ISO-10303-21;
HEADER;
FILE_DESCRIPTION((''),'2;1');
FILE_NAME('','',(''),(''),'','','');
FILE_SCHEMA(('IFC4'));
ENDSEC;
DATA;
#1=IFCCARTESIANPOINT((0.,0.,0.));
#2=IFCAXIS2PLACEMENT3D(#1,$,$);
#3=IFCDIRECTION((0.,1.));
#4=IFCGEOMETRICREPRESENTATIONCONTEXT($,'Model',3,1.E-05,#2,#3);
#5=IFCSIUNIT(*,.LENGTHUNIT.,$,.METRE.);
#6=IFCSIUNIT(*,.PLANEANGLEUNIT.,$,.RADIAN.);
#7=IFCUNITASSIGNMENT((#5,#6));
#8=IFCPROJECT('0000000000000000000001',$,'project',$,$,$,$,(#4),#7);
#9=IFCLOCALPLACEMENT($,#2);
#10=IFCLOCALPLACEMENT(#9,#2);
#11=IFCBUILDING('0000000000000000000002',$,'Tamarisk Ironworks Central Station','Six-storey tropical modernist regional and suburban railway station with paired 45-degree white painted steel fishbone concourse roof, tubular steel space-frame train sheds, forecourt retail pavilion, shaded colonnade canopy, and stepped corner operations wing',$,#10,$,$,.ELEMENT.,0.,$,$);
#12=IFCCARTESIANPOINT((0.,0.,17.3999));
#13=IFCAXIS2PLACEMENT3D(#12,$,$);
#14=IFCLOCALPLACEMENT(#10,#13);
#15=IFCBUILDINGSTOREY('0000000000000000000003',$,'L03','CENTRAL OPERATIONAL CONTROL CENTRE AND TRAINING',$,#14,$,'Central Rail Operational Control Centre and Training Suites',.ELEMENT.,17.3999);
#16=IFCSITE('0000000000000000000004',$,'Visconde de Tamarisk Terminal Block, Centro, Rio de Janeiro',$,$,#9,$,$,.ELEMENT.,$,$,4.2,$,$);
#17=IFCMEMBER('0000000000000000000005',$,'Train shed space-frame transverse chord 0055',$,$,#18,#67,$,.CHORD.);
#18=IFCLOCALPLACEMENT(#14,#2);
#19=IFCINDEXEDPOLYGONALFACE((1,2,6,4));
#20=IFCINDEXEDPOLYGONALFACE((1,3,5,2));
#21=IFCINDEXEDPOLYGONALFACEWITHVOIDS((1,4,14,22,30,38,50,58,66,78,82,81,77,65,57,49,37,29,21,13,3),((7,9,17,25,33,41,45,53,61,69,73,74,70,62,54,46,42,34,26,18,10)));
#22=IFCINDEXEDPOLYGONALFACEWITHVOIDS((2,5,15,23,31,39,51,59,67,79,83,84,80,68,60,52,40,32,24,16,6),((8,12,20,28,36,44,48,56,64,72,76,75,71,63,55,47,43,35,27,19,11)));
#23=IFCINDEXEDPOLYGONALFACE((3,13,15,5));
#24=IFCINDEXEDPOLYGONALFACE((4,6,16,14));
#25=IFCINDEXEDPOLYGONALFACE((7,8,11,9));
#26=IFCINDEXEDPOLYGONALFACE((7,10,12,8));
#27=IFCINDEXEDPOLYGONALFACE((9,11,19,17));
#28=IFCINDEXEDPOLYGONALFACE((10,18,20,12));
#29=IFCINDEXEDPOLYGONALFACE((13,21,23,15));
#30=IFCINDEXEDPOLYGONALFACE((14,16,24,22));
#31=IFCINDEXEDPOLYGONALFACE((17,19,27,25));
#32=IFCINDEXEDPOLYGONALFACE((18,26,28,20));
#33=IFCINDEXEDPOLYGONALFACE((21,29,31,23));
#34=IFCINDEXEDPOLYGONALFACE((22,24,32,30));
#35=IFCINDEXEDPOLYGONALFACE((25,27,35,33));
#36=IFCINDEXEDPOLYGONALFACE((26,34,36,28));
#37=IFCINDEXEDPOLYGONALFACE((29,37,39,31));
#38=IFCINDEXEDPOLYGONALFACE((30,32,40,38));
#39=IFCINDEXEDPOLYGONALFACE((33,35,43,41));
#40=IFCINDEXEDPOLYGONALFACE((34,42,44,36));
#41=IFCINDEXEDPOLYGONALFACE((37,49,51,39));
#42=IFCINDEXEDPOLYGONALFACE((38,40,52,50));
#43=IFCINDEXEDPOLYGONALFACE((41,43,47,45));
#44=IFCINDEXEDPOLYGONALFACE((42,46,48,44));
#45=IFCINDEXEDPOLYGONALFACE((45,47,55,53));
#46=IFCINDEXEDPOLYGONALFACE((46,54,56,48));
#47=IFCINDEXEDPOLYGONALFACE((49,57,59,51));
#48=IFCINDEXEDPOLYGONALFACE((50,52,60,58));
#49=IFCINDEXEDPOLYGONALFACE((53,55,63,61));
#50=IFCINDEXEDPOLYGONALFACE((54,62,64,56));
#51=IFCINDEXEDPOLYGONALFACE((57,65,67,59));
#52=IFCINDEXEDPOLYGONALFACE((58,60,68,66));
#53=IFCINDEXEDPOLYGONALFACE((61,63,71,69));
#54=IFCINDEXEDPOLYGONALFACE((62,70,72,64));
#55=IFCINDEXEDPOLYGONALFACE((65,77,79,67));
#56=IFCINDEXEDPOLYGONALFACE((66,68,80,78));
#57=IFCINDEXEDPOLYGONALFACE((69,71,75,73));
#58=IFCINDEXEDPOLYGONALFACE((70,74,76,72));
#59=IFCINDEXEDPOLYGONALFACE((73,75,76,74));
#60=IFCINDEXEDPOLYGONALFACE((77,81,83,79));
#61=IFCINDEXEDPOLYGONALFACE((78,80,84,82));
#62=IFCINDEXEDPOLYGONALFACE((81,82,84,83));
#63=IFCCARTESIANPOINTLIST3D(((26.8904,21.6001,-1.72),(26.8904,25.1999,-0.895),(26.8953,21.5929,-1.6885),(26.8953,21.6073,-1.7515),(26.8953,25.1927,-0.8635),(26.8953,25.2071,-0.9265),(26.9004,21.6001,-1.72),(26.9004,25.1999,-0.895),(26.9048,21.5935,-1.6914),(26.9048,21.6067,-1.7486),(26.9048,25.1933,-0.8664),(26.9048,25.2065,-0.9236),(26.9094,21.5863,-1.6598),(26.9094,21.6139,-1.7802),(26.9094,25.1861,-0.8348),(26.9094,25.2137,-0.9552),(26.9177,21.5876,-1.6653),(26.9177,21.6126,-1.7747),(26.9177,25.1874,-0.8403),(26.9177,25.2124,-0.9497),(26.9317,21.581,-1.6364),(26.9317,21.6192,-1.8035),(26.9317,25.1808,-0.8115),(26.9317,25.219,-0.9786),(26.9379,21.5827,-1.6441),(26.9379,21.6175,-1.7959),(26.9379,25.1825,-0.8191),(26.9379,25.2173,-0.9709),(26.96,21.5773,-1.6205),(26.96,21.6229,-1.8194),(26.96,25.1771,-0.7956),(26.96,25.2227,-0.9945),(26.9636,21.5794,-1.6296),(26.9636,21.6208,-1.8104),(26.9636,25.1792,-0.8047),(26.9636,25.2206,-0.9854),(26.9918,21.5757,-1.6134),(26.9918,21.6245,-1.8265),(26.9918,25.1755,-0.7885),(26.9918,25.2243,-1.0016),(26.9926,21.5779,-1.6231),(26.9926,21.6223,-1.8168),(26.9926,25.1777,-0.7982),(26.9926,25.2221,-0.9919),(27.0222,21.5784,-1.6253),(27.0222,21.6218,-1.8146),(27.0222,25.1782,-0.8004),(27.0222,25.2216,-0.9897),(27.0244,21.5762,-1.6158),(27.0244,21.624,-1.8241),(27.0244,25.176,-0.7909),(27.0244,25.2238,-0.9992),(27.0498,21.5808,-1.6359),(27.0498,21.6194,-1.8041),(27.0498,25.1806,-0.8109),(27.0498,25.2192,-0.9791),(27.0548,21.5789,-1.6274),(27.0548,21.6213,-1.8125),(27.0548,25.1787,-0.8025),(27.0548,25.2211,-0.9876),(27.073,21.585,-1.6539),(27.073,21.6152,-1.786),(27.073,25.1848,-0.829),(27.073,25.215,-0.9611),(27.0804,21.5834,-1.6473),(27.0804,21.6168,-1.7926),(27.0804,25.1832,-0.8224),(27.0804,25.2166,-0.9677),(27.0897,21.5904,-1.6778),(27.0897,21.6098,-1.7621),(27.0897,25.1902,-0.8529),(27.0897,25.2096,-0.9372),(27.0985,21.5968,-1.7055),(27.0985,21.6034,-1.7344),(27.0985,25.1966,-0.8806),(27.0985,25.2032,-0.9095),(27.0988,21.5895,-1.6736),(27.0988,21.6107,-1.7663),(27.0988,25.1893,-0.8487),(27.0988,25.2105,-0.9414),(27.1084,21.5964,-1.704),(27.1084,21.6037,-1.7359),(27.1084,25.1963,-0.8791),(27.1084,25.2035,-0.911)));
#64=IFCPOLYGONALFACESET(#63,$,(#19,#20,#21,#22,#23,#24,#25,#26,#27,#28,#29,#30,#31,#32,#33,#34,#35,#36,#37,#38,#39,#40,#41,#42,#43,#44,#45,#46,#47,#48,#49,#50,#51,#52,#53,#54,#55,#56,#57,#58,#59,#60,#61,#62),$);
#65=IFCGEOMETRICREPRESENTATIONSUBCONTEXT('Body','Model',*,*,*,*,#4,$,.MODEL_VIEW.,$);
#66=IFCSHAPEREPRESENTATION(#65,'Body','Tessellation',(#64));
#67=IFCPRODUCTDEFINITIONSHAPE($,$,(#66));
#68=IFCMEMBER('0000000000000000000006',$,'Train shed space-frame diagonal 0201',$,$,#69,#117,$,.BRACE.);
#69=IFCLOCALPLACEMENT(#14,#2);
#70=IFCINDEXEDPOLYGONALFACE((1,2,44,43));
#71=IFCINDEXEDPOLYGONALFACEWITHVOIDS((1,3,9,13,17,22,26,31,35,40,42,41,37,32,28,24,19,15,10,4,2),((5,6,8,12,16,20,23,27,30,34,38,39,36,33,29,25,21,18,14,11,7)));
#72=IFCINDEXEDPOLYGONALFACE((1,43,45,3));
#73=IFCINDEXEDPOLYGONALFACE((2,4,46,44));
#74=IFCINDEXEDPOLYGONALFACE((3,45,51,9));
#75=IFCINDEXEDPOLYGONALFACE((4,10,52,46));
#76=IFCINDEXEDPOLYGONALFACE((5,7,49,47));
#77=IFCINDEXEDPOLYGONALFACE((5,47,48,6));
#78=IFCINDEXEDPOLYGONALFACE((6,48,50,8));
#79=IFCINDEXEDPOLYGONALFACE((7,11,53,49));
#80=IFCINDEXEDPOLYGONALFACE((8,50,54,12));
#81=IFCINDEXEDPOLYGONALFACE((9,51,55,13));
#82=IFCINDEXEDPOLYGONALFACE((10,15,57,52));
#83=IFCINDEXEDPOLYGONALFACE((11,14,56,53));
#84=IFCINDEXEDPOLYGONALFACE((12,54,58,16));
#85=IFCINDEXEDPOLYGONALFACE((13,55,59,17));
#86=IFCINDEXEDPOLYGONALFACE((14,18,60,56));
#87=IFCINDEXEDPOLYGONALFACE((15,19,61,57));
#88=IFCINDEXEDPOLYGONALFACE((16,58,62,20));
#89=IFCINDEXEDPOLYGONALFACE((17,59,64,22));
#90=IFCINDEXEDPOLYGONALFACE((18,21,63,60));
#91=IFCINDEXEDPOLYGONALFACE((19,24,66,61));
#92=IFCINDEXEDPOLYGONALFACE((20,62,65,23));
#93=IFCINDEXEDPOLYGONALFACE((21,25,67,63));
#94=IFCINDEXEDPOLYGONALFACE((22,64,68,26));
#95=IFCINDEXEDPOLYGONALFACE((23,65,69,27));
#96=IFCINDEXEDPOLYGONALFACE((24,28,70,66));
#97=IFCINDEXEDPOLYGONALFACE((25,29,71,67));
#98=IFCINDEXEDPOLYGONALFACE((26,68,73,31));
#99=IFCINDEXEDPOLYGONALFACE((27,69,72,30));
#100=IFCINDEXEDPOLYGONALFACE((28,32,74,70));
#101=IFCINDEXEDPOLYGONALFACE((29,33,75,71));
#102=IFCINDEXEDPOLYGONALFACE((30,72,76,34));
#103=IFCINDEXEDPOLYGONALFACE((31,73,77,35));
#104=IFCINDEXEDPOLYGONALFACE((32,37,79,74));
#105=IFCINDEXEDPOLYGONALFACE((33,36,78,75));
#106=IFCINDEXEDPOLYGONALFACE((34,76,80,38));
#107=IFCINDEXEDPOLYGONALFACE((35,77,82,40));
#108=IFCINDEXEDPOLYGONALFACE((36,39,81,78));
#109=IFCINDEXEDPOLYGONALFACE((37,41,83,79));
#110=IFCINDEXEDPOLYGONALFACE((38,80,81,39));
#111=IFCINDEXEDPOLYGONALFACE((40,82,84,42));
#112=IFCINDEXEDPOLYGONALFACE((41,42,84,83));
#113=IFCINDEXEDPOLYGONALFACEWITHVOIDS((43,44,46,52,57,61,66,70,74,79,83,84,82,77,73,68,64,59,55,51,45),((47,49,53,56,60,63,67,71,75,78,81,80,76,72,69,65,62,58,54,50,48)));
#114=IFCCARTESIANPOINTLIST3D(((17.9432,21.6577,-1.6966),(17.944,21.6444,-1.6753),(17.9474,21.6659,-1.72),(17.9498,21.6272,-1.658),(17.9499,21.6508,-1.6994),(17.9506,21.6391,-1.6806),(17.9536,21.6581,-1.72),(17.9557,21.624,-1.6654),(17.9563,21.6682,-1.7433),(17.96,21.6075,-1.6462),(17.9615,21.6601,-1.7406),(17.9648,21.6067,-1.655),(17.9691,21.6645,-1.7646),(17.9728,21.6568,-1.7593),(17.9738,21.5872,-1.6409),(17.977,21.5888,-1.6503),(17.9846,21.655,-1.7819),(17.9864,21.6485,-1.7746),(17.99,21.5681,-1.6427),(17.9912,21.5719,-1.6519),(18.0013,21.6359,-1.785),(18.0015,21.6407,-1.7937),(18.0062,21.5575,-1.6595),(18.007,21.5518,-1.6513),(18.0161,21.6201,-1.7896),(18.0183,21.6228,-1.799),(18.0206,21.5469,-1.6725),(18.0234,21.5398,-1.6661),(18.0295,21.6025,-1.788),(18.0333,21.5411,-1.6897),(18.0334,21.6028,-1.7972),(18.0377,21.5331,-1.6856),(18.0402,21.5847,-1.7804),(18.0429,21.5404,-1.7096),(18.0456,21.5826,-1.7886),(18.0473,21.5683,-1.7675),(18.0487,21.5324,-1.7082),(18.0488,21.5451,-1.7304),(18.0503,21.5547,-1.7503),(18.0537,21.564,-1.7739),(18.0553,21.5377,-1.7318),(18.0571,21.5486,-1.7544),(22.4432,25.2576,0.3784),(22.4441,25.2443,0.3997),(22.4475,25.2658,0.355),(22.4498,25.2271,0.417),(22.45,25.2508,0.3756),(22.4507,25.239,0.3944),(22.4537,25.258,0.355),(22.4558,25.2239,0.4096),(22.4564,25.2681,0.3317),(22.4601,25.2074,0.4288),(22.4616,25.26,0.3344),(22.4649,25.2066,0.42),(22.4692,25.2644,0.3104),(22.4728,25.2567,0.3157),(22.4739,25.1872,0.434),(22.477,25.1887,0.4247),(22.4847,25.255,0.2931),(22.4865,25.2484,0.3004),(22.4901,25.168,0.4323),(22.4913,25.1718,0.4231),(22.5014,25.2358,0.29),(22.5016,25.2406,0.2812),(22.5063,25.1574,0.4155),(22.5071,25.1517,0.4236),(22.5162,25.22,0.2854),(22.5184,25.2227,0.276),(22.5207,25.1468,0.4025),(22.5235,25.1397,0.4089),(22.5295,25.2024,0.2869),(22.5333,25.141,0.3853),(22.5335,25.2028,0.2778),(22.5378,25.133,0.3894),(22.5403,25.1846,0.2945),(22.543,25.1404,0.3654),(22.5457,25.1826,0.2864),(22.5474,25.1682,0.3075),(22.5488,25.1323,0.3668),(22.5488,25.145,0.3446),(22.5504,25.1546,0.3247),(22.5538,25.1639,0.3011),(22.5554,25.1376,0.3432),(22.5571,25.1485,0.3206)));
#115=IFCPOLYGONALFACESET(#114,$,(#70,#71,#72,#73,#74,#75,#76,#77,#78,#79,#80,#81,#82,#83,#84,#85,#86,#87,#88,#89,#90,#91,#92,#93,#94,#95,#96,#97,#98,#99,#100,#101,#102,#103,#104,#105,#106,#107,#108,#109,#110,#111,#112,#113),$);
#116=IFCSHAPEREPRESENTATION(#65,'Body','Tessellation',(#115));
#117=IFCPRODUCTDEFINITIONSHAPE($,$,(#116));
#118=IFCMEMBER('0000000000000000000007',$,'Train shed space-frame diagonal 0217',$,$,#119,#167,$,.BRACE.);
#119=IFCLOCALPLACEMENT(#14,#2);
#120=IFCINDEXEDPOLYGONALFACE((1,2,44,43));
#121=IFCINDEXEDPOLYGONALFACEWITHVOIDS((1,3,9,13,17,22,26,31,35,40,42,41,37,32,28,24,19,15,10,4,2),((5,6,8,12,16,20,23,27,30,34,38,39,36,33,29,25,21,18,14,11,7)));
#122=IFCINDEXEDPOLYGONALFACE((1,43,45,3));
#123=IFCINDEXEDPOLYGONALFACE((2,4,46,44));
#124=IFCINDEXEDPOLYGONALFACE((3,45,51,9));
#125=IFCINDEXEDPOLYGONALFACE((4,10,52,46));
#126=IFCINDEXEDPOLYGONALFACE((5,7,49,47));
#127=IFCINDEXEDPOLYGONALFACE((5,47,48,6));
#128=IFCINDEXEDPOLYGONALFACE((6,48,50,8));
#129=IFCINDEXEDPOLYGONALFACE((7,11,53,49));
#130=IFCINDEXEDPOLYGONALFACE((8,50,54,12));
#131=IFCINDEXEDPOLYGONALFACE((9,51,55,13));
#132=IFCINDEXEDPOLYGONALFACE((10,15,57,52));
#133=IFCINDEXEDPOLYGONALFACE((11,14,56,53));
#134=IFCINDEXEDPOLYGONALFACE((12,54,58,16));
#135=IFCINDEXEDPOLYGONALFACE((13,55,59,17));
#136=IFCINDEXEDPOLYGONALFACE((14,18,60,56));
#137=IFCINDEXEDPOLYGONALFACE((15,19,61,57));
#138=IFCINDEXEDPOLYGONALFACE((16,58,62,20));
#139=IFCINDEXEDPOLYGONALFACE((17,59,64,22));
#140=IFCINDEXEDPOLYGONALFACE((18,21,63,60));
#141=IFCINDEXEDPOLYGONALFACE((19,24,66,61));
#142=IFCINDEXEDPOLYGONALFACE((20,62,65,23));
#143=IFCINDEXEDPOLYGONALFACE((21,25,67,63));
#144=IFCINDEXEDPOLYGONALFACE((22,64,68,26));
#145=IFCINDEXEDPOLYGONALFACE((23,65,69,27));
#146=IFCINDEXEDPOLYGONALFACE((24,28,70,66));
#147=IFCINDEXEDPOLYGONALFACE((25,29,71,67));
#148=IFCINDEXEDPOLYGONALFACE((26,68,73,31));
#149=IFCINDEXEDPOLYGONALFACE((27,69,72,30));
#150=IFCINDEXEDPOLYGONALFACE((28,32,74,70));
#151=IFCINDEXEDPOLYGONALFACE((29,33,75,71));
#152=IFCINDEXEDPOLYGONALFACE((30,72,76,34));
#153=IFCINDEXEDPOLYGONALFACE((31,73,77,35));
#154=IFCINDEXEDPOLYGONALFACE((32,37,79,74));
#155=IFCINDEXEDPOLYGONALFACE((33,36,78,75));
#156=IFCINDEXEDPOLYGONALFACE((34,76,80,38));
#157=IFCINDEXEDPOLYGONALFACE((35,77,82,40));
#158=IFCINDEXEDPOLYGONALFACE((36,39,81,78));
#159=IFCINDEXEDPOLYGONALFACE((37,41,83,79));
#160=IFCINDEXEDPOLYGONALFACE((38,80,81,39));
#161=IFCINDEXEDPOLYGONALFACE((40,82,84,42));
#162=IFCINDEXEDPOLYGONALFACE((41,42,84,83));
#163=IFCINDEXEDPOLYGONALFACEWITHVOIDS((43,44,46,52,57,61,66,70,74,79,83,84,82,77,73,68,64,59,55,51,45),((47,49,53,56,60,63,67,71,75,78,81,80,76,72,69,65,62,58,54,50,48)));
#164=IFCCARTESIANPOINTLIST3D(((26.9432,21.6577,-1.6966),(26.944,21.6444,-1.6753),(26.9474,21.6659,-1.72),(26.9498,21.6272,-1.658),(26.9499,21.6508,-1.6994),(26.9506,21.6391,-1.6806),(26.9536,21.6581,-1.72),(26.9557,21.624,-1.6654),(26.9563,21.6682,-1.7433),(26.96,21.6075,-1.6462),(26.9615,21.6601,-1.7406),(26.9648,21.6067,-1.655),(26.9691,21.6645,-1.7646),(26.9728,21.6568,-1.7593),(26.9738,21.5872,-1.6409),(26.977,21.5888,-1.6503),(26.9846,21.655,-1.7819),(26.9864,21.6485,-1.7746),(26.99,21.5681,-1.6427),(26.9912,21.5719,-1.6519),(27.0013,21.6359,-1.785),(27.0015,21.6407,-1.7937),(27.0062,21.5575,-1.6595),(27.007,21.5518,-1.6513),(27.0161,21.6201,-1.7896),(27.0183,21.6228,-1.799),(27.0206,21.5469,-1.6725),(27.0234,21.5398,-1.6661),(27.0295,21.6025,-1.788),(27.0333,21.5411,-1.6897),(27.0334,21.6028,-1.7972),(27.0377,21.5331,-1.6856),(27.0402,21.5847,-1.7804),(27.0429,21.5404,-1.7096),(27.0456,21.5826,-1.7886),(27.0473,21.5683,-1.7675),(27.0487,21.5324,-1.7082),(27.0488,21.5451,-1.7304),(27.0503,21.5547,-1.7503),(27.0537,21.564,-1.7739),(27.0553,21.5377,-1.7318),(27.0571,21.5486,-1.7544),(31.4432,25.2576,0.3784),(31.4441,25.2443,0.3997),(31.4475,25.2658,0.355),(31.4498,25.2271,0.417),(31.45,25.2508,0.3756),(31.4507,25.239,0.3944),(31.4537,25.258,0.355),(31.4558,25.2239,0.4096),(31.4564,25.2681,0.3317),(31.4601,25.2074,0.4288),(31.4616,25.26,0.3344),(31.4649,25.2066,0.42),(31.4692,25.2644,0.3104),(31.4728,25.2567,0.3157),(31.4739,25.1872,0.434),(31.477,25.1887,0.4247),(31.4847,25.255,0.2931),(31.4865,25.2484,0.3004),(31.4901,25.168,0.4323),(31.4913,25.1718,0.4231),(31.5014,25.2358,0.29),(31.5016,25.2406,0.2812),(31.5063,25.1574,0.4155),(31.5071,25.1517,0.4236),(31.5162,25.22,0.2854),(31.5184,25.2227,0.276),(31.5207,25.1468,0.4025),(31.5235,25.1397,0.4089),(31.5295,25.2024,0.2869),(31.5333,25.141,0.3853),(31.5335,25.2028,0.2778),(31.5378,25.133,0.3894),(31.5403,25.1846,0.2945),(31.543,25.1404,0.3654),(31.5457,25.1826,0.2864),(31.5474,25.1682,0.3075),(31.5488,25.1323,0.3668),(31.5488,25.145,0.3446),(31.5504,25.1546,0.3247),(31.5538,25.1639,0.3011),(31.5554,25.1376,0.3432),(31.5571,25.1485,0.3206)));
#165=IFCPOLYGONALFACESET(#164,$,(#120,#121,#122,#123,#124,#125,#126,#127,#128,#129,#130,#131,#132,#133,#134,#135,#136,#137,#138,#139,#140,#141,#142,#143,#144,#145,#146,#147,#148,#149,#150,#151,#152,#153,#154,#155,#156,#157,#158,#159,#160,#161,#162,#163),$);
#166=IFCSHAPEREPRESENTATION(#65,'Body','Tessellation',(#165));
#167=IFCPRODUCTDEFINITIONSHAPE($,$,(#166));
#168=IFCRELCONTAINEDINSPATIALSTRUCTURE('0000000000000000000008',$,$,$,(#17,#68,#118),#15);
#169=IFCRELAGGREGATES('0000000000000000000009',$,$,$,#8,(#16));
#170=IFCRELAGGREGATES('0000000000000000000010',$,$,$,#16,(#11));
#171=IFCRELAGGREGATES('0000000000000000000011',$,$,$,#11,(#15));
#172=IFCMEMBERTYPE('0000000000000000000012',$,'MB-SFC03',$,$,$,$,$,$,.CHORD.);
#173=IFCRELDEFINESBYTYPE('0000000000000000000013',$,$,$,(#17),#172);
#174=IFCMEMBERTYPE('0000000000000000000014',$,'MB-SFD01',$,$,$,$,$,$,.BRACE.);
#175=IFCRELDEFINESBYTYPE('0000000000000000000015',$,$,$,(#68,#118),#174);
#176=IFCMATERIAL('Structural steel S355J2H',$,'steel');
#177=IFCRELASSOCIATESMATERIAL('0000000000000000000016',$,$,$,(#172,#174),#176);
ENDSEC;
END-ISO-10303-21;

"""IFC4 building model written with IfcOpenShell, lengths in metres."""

from ifc_helpers import new_model, si_unit, direction, frame, origin, origin_2d, place, context, subcontext, project, spatial, hollow_circle, extrude, material, material_profile, profile_set, type_object, element, save


model = new_model("IFC4")

# Units and contexts
model_context = context("Model", 3, precision=1e-05, world=origin(), true_north=direction((0.0, 1.0)))
body_context = subcontext(model_context, "Body", "Model", "MODEL_VIEW")
ifc_project = project(units=[si_unit("LENGTHUNIT", "METRE"), si_unit("PLANEANGLEUNIT", "RADIAN")], contexts=[model_context])

# Site, building, storey
site_placement = place(None, origin())
site = spatial("IfcSite", under=ifc_project, at=site_placement, Name="Visconde de Tamarisk Terminal Block, Centro, Rio de Janeiro", CompositionType="ELEMENT", RefElevation=4.2)
building_placement = place(site_placement, origin())
building = spatial("IfcBuilding", under=site, at=building_placement, Name="Tamarisk Ironworks Central Station", Description="Six-storey tropical modernist regional and suburban railway station with paired 45-degree white painted steel fishbone concourse roof, tubular steel space-frame train sheds, forecourt retail pavilion, shaded colonnade canopy, and stepped corner operations wing", CompositionType="ELEMENT", ElevationOfRefHeight=0.0)
storey_placement = place(building_placement, frame((0.0, 0.0, 17.3999)))
storey = spatial("IfcBuildingStorey", under=building, at=storey_placement, Name="L03", Description="CENTRAL OPERATIONAL CONTROL CENTRE AND TRAINING", LongName="Central Rail Operational Control Centre and Training Suites", CompositionType="ELEMENT", Elevation=17.3999)

# Members
ifc_material_1 = material(Name="Structural steel S355J2H", Category="steel")
ifc_material_profile_1 = material_profile(ifc_material_1, hollow_circle(Radius=0.1096, WallThickness=0.01, at=origin_2d()), Name="CHS 219.1x10")
ifc_profile_set_1 = profile_set([ifc_material_profile_1], Name="Structural steel S355J2H")
member_type_1 = type_object("IfcMemberType", Name="MB-SFC03", PredefinedType="CHORD", material=ifc_profile_set_1)
member_1_placement = place(storey_placement, frame((27.0, 21.6001, -1.72), z_axis=(0.0, 0.974733, 0.223372), x_axis=(-1.0, 0.0, 0.0)))
element("IfcMember", 1, at=member_1_placement, inside=storey, type_object=member_type_1, Name="Train shed space-frame transverse chord 0055", PredefinedType="CHORD", context=body_context, shape_type="SweptSolid", body=[
    extrude(hollow_circle(Radius=0.1096, WallThickness=0.01, at=origin_2d()), origin(), (0.0, 0.0, 1.0), 3.6931),
])
ifc_material_profile_2 = material_profile(ifc_material_1, hollow_circle(Radius=0.0842, WallThickness=0.01, at=origin_2d()), Name="CHS 168.3x10")
ifc_profile_set_2 = profile_set([ifc_material_profile_2], Name="Structural steel S355J2H")
member_type_2 = type_object("IfcMemberType", Name="MB-SFD01", PredefinedType="BRACE", material=ifc_profile_set_2)
for number, where, z_axis, x_axis, name in (
    (2, (18.0, 21.6001, -1.72), (0.734706, 0.587741, 0.338773), (-0.62468, 0.780881, 0.0), "Train shed space-frame diagonal 0201"),
    (3, (27.0, 21.6001, -1.72), (0.734706, 0.587741, 0.338773), (-0.62468, 0.780881, 0.0), "Train shed space-frame diagonal 0217"),
):
    element("IfcMember", number, at=place(storey_placement, frame(where, z_axis=z_axis, x_axis=x_axis)), inside=storey, type_object=member_type_2, Name=name, PredefinedType="BRACE", context=body_context, shape_type="SweptSolid", body=[
        extrude(hollow_circle(Radius=0.0842, WallThickness=0.01, at=origin_2d()), origin(), (0.0, 0.0, 1.0), 6.125),
    ])

save(model, "model.ifc")
